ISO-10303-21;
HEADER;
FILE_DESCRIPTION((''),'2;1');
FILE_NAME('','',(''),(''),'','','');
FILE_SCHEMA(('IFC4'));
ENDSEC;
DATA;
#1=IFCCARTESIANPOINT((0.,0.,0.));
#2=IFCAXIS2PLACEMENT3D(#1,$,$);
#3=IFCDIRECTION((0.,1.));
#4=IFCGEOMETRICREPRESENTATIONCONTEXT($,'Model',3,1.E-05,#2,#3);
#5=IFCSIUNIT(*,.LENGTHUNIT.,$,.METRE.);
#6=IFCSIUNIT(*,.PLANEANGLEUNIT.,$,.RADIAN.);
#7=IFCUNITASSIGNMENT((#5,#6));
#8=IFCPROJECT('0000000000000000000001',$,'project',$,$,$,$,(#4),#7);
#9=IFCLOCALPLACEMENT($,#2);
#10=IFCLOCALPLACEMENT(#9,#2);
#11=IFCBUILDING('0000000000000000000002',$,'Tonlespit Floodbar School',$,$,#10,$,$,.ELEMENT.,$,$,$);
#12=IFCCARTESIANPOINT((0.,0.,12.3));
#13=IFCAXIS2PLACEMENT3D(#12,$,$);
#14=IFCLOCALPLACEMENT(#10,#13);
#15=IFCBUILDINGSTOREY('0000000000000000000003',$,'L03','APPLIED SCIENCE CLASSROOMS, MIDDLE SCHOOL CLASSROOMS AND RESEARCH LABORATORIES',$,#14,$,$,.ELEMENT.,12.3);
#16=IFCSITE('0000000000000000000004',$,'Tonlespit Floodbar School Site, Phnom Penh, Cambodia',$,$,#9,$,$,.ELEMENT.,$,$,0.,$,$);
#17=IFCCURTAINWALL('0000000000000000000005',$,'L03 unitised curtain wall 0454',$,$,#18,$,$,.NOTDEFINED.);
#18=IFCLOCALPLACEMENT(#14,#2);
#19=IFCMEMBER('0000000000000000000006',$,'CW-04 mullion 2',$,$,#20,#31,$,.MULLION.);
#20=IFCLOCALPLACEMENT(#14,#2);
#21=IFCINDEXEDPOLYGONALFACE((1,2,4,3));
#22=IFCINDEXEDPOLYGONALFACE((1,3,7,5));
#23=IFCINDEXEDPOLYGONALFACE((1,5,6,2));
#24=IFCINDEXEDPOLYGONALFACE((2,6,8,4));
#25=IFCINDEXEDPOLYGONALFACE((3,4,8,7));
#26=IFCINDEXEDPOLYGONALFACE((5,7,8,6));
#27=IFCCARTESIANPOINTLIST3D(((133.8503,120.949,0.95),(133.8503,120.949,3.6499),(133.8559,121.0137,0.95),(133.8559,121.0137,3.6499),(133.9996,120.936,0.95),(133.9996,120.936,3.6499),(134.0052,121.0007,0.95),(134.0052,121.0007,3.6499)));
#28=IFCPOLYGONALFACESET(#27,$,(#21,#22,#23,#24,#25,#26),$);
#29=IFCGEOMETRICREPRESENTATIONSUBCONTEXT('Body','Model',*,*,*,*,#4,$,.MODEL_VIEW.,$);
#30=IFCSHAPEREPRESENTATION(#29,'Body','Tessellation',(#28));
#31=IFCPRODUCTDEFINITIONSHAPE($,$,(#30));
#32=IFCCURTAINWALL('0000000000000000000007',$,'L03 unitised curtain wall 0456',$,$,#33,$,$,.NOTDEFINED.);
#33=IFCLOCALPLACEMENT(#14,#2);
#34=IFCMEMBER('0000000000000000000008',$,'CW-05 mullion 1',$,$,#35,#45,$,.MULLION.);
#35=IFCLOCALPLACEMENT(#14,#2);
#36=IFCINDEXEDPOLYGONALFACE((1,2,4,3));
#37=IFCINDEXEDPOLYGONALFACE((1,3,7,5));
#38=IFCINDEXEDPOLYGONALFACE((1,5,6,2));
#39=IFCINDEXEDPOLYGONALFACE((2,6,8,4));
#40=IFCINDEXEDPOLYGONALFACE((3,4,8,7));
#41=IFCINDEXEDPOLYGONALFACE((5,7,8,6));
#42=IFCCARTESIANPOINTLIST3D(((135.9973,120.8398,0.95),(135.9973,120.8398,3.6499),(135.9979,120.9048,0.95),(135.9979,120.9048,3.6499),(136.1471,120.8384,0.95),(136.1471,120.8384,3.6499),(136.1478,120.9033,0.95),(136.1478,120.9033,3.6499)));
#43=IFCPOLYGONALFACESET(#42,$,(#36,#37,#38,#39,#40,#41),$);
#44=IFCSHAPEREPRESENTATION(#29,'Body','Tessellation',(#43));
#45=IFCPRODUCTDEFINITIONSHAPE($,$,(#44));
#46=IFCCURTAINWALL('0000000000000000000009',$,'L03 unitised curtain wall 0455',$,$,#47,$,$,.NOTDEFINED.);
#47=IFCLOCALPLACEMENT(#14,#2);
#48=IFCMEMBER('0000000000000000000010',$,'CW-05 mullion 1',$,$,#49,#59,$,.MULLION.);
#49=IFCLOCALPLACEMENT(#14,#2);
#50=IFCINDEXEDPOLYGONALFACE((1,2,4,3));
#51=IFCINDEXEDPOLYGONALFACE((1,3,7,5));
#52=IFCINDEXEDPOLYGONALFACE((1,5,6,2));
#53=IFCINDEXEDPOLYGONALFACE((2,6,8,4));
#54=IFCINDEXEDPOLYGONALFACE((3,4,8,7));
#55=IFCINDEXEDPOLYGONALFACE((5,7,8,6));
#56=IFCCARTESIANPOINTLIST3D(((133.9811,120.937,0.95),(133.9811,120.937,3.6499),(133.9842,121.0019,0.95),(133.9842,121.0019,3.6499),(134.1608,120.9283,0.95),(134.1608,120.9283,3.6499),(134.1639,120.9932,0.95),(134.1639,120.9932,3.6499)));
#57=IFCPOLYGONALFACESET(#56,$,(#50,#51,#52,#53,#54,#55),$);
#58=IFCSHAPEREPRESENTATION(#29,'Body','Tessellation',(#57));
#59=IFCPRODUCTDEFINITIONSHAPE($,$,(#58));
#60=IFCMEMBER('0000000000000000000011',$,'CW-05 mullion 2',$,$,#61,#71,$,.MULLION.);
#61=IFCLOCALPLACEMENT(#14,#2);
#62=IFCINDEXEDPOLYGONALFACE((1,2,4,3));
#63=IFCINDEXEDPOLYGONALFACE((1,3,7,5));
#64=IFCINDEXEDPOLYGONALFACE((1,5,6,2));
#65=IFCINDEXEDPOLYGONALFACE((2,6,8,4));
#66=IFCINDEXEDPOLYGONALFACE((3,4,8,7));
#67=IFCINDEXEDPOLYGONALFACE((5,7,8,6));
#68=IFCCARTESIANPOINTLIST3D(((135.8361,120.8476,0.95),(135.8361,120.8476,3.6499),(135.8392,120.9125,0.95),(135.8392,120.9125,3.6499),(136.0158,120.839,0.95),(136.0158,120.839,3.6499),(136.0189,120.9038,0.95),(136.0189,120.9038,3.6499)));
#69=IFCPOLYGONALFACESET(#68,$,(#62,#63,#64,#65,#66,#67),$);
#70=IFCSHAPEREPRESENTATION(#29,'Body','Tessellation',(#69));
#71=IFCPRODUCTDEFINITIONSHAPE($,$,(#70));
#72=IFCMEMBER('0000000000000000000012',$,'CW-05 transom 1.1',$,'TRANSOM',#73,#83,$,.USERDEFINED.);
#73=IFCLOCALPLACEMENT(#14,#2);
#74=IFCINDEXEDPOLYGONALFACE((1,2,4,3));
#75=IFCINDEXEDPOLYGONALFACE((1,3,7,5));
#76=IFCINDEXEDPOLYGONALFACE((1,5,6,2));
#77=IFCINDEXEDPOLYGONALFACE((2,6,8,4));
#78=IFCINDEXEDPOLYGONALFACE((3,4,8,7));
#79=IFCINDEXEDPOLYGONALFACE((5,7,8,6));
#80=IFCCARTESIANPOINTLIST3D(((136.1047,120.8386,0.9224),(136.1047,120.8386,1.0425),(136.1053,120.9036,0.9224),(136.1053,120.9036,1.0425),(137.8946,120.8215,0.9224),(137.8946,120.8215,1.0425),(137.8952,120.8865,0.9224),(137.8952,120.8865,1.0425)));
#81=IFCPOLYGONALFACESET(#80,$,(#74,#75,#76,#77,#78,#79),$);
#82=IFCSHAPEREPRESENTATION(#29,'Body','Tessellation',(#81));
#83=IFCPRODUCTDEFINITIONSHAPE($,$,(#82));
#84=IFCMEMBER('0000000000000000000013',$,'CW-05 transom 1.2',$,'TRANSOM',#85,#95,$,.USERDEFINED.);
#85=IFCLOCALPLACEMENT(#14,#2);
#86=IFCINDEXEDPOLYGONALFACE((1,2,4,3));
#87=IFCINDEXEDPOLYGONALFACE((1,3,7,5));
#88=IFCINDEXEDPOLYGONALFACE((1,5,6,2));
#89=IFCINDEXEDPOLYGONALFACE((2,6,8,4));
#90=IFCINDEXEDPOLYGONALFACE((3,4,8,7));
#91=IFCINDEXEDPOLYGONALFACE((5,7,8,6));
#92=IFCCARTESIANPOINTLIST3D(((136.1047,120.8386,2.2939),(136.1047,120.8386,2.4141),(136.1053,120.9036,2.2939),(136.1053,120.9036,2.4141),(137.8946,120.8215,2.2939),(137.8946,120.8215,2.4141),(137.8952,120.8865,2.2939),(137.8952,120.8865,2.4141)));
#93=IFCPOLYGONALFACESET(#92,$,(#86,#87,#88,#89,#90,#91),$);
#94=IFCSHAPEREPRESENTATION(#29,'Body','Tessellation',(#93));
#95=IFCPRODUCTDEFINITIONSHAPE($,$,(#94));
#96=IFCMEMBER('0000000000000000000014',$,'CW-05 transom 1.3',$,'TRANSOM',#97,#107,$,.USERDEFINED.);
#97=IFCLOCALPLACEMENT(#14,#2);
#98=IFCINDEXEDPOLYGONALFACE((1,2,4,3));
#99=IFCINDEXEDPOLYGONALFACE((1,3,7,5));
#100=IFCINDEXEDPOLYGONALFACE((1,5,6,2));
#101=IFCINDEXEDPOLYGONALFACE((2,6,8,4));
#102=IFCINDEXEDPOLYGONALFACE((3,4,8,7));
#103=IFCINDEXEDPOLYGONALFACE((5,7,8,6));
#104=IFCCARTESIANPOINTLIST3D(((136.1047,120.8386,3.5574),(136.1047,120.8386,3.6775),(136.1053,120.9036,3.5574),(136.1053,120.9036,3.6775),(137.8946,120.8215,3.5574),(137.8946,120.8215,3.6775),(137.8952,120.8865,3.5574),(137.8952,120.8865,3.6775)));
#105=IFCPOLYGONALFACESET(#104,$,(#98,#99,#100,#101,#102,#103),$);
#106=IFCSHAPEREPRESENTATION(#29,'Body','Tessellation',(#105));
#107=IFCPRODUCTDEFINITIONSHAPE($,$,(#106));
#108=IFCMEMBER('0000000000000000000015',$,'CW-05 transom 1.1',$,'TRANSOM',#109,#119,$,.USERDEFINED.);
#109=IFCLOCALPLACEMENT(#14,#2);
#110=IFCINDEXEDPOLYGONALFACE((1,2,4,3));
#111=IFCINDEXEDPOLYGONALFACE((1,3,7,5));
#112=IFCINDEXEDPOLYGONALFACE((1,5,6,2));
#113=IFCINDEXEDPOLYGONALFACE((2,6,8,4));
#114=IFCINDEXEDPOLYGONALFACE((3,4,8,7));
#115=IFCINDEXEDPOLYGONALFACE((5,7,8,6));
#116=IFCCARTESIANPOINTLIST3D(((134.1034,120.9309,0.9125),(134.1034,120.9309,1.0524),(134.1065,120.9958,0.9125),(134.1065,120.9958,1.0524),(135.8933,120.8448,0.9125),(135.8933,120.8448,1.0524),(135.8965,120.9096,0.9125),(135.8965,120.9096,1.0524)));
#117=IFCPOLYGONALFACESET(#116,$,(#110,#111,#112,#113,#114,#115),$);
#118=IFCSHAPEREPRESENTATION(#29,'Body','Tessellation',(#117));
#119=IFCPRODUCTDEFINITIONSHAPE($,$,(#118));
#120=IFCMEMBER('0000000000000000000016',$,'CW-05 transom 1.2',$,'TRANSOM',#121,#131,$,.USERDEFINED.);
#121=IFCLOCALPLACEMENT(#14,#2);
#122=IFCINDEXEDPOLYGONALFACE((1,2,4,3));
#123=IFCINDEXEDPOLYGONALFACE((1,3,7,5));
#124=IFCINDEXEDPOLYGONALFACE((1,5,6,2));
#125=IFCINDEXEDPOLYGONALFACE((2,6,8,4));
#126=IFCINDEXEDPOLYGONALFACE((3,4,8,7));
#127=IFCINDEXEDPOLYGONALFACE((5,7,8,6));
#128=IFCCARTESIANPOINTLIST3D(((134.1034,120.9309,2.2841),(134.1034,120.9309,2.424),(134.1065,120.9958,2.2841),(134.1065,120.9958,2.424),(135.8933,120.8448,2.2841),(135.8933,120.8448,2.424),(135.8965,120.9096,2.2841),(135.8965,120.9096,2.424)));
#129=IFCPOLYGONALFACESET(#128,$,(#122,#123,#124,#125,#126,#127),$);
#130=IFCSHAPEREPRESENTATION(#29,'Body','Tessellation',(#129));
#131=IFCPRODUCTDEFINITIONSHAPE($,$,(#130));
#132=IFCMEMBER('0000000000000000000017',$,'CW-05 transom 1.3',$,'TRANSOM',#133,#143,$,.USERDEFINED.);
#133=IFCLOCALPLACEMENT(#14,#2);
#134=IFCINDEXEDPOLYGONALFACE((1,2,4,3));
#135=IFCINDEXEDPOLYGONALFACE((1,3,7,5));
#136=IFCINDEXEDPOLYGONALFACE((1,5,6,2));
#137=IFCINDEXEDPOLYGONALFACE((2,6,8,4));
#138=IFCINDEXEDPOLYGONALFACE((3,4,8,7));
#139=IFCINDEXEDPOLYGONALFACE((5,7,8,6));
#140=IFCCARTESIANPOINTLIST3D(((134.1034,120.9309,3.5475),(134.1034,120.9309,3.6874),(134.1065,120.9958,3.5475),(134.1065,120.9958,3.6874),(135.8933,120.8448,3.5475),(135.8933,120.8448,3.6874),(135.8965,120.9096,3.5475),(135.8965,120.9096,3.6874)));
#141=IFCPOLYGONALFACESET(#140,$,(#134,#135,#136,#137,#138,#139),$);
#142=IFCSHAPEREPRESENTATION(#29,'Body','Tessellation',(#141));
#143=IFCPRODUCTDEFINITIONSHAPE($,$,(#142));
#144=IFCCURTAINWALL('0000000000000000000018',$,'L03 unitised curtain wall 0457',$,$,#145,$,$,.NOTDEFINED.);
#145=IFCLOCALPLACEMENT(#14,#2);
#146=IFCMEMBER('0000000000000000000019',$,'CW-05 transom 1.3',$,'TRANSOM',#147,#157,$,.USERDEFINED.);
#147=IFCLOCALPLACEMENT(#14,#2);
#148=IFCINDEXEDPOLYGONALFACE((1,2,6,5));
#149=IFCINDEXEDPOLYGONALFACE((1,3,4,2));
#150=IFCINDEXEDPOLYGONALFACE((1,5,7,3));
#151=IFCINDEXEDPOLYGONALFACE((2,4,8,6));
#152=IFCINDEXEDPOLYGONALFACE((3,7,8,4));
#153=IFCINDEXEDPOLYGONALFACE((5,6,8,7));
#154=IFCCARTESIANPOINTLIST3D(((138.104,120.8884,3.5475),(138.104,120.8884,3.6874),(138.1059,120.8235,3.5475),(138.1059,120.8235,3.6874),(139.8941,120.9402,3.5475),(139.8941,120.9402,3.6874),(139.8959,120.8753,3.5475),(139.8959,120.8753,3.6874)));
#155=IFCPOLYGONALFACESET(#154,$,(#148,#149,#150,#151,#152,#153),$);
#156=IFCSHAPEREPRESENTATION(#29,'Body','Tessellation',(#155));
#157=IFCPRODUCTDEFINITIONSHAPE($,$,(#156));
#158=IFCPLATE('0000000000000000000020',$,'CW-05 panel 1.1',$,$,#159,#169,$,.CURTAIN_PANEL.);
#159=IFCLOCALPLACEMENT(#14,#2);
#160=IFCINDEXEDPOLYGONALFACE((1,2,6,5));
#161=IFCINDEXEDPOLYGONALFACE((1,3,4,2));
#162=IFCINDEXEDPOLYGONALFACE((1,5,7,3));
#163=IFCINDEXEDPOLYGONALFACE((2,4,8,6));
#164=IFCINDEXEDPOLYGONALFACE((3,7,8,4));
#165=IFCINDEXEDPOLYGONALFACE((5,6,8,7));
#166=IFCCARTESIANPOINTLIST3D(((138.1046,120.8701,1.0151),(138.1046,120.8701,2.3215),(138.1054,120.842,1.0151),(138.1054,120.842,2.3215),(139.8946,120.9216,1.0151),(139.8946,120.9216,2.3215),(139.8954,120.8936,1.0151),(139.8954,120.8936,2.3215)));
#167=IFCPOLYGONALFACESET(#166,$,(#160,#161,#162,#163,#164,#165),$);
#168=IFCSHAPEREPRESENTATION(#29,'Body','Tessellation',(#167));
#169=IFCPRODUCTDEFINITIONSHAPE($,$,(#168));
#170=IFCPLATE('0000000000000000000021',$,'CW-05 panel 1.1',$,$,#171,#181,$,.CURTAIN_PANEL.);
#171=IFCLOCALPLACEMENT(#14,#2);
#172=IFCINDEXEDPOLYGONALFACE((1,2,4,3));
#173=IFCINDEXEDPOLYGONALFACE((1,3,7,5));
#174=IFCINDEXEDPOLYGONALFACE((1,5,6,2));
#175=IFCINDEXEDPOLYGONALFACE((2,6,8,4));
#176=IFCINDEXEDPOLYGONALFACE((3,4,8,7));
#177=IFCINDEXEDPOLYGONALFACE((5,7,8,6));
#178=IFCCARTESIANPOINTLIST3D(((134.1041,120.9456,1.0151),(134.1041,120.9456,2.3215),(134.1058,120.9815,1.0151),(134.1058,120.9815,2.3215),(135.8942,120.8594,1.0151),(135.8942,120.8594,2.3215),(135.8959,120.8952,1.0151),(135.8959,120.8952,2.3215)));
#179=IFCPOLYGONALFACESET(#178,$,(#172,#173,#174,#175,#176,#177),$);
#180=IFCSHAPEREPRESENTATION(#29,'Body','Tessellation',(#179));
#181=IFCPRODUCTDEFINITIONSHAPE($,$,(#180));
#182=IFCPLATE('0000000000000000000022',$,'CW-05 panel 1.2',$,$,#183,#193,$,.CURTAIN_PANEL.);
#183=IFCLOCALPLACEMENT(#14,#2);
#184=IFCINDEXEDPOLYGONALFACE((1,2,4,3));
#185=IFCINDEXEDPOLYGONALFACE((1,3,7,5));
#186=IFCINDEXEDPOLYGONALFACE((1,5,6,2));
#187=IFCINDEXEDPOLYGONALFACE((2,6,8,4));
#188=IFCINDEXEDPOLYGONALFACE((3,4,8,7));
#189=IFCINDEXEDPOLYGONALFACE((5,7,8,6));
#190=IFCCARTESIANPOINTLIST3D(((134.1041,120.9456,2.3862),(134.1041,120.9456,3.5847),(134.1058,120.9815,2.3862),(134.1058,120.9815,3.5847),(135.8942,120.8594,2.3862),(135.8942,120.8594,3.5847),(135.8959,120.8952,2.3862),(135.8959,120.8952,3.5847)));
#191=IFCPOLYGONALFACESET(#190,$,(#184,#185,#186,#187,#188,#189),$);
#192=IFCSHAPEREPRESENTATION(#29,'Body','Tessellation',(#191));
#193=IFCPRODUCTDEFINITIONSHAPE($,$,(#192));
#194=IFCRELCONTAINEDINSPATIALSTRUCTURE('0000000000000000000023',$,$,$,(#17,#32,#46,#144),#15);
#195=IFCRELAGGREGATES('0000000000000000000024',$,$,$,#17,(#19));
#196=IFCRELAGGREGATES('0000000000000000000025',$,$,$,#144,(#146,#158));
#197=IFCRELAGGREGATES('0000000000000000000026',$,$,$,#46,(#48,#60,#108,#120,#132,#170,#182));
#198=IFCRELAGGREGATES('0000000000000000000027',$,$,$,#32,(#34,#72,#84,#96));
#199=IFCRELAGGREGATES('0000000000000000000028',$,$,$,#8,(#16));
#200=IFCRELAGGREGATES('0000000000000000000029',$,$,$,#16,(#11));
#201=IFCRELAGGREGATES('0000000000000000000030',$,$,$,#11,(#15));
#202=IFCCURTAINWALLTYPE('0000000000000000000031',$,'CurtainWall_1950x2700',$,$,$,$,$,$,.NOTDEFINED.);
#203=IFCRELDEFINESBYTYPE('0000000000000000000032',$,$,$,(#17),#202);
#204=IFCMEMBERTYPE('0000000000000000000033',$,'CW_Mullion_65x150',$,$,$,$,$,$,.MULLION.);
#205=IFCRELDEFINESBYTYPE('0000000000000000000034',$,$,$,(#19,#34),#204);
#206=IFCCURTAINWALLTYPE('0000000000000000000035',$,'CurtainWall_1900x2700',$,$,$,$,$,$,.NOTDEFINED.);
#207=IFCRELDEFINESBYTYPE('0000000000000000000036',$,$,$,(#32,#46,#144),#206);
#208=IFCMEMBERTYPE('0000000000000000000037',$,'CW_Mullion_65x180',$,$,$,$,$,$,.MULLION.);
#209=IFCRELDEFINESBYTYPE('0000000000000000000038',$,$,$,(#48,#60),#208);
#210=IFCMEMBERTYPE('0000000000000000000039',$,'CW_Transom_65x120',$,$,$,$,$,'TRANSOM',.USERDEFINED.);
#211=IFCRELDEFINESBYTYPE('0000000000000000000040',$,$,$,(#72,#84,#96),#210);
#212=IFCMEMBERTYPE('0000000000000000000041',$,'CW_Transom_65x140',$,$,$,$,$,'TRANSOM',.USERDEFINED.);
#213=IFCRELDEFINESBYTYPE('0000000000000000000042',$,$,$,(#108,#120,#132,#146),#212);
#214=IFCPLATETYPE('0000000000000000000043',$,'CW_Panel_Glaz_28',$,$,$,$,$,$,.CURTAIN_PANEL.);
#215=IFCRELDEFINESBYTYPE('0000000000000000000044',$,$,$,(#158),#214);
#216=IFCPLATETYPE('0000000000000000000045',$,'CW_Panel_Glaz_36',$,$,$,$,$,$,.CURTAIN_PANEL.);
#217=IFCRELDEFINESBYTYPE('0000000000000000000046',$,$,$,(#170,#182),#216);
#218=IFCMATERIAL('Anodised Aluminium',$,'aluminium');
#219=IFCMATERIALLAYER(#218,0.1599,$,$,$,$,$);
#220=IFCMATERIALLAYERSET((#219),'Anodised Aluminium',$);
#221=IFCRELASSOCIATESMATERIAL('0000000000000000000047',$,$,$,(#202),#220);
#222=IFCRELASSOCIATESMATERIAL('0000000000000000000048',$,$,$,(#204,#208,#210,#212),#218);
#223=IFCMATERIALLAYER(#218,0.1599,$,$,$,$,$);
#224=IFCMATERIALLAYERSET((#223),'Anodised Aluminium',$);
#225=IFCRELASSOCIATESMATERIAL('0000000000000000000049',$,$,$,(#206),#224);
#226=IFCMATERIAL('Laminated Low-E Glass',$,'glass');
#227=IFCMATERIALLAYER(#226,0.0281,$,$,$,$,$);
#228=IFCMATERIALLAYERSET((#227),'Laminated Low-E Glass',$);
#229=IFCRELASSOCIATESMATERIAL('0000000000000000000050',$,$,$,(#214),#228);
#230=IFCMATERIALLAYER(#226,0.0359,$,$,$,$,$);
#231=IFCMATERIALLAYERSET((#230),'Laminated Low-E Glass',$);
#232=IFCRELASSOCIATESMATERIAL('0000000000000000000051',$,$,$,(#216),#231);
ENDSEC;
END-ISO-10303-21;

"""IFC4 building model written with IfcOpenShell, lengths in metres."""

from ifc_helpers import new_model, si_unit, direction, frame, origin, origin_2d, place, context, subcontext, project, spatial, rectangle, extrude, material, layer, layer_set, material_profile, profile_set, type_object, element, aggregate, save


model = new_model("IFC4")

# Units and contexts
model_context = context("Model", 3, precision=1e-05, world=origin(), true_north=direction((0.0, 1.0)))
body_context = subcontext(model_context, "Body", "Model", "MODEL_VIEW")
ifc_project = project(units=[si_unit("LENGTHUNIT", "METRE"), si_unit("PLANEANGLEUNIT", "RADIAN")], contexts=[model_context])

# Site, building, storey
site_placement = place(None, origin())
site = spatial("IfcSite", under=ifc_project, at=site_placement, Name="Tonlespit Floodbar School Site, Phnom Penh, Cambodia", CompositionType="ELEMENT", RefElevation=0.0)
building_placement = place(site_placement, origin())
building = spatial("IfcBuilding", under=site, at=building_placement, Name="Tonlespit Floodbar School", CompositionType="ELEMENT")
storey_placement = place(building_placement, frame((0.0, 0.0, 12.3)))
storey = spatial("IfcBuildingStorey", under=building, at=storey_placement, Name="L03", Description="APPLIED SCIENCE CLASSROOMS, MIDDLE SCHOOL CLASSROOMS AND RESEARCH LABORATORIES", CompositionType="ELEMENT", Elevation=12.3)

# Curtain walls, members
ifc_material_1 = material(Name="Anodised Aluminium", Category="aluminium")
ifc_layer_1 = layer(ifc_material_1, 0.1599)
ifc_layer_set_1 = layer_set([ifc_layer_1], Name="Anodised Aluminium")
curtain_wall_type_1 = type_object("IfcCurtainWallType", Name="CurtainWall_1950x2700", PredefinedType="NOTDEFINED", material=ifc_layer_set_1)
curtain_wall_1_placement = place(storey_placement, origin())
curtain_wall_1 = element("IfcCurtainWall", 1, at=curtain_wall_1_placement, inside=storey, type_object=curtain_wall_type_1, Name="L03 unitised curtain wall 0454", PredefinedType="NOTDEFINED")
ifc_material_profile_1 = material_profile(ifc_material_1, rectangle(XDim=0.0649, YDim=0.1499, at=origin_2d()), Name="ALU M65x150")
ifc_profile_set_1 = profile_set([ifc_material_profile_1], Name="Anodised Aluminium")
member_type_1 = type_object("IfcMemberType", Name="CW_Mullion_65x150", PredefinedType="MULLION", material=ifc_profile_set_1)
member_1_placement = place(storey_placement, frame((133.9277, 120.9749, 0.95), z_axis=(0.0, 0.0, 1.0), x_axis=(0.086531, 0.996249, 0.0)))
member_1 = element("IfcMember", 2, at=member_1_placement, type_object=member_type_1, Name="CW-04 mullion 2", PredefinedType="MULLION", context=body_context, shape_type="SweptSolid", body=[
    extrude(rectangle(XDim=0.0649, YDim=0.1499, at=origin_2d()), origin(), (0.0, 0.0, 1.0), 2.7),
])
aggregate(curtain_wall_1, [member_1])
ifc_layer_2 = layer(ifc_material_1, 0.1599)
ifc_layer_set_2 = layer_set([ifc_layer_2], Name="Anodised Aluminium")
curtain_wall_type_2 = type_object("IfcCurtainWallType", Name="CurtainWall_1900x2700", PredefinedType="NOTDEFINED", material=ifc_layer_set_2)
curtain_wall_2_placement = place(storey_placement, origin())
curtain_wall_2 = element("IfcCurtainWall", 3, at=curtain_wall_2_placement, inside=storey, type_object=curtain_wall_type_2, Name="L03 unitised curtain wall 0456", PredefinedType="NOTDEFINED")
member_2_placement = place(storey_placement, frame((136.0725, 120.8716, 0.95), z_axis=(0.0, 0.0, 1.0), x_axis=(0.009583, 0.999954, 0.0)))
member_2 = element("IfcMember", 4, at=member_2_placement, type_object=member_type_1, Name="CW-05 mullion 1", PredefinedType="MULLION", context=body_context, shape_type="SweptSolid", body=[
    extrude(rectangle(XDim=0.0649, YDim=0.1499, at=origin_2d()), origin(), (0.0, 0.0, 1.0), 2.7),
])

# Curtain wall, members
curtain_wall_3_placement = place(storey_placement, origin())
curtain_wall_3 = element("IfcCurtainWall", 5, at=curtain_wall_3_placement, inside=storey, type_object=curtain_wall_type_2, Name="L03 unitised curtain wall 0455", PredefinedType="NOTDEFINED")
ifc_material_profile_2 = material_profile(ifc_material_1, rectangle(XDim=0.0649, YDim=0.1799, at=origin_2d()), Name="ALU M65x180")
ifc_profile_set_2 = profile_set([ifc_material_profile_2], Name="Anodised Aluminium")
member_type_2 = type_object("IfcMemberType", Name="CW_Mullion_65x180", PredefinedType="MULLION", material=ifc_profile_set_2)
member_3_placement = place(storey_placement, frame((134.0725, 120.9651, 0.95), z_axis=(0.0, 0.0, 1.0), x_axis=(0.048121, 0.998842, 0.0)))
member_3 = element("IfcMember", 6, at=member_3_placement, type_object=member_type_2, Name="CW-05 mullion 1", PredefinedType="MULLION", context=body_context, shape_type="SweptSolid", body=[
    extrude(rectangle(XDim=0.0649, YDim=0.1799, at=origin_2d()), origin(), (0.0, 0.0, 1.0), 2.7),
])
member_4_placement = place(storey_placement, frame((135.9275, 120.8757, 0.95), z_axis=(0.0, 0.0, 1.0), x_axis=(0.048121, 0.998842, 0.0)))
member_4 = element("IfcMember", 7, at=member_4_placement, type_object=member_type_2, Name="CW-05 mullion 2", PredefinedType="MULLION", context=body_context, shape_type="SweptSolid", body=[
    extrude(rectangle(XDim=0.0649, YDim=0.1799, at=origin_2d()), origin(), (0.0, 0.0, 1.0), 2.7),
])

# Members
ifc_material_profile_3 = material_profile(ifc_material_1, rectangle(XDim=0.0649, YDim=0.1201, at=origin_2d()), Name="ALU T65x120")
ifc_profile_set_3 = profile_set([ifc_material_profile_3], Name="Anodised Aluminium")
member_type_3 = type_object("IfcMemberType", Name="CW_Transom_65x120", ElementType="TRANSOM", PredefinedType="USERDEFINED", material=ifc_profile_set_3)
member_5_placement = place(storey_placement, frame((136.105, 120.8711, 0.9824), z_axis=(0.999954, -0.009547, 0.0), x_axis=(0.009547, 0.999954, 0.0)))
member_5 = element("IfcMember", 8, at=member_5_placement, type_object=member_type_3, Name="CW-05 transom 1.1", ObjectType="TRANSOM", PredefinedType="USERDEFINED", context=body_context, shape_type="SweptSolid", body=[
    extrude(rectangle(XDim=0.0649, YDim=0.1201, at=origin_2d()), origin(), (0.0, 0.0, 1.0), 1.79),
])
member_6_placement = place(storey_placement, frame((136.105, 120.8711, 2.354), z_axis=(0.999954, -0.009547, 0.0), x_axis=(0.009547, 0.999954, 0.0)))
member_6 = element("IfcMember", 9, at=member_6_placement, type_object=member_type_3, Name="CW-05 transom 1.2", ObjectType="TRANSOM", PredefinedType="USERDEFINED", context=body_context, shape_type="SweptSolid", body=[
    extrude(rectangle(XDim=0.0649, YDim=0.1201, at=origin_2d()), origin(), (0.0, 0.0, 1.0), 1.79),
])
member_7_placement = place(storey_placement, frame((136.105, 120.8711, 3.6174), z_axis=(0.999954, -0.009547, 0.0), x_axis=(0.009547, 0.999954, 0.0)))
member_7 = element("IfcMember", 10, at=member_7_placement, type_object=member_type_3, Name="CW-05 transom 1.3", ObjectType="TRANSOM", PredefinedType="USERDEFINED", context=body_context, shape_type="SweptSolid", body=[
    extrude(rectangle(XDim=0.0649, YDim=0.1201, at=origin_2d()), origin(), (0.0, 0.0, 1.0), 1.79),
])
ifc_material_profile_4 = material_profile(ifc_material_1, rectangle(XDim=0.0649, YDim=0.1399, at=origin_2d()), Name="ALU T65x140")
ifc_profile_set_4 = profile_set([ifc_material_profile_4], Name="Anodised Aluminium")
member_type_4 = type_object("IfcMemberType", Name="CW_Transom_65x140", ElementType="TRANSOM", PredefinedType="USERDEFINED", material=ifc_profile_set_4)
member_8_placement = place(storey_placement, frame((134.105, 120.9634, 0.9824), z_axis=(0.998843, -0.048089, 0.0), x_axis=(0.048089, 0.998843, 0.0)))
member_8 = element("IfcMember", 11, at=member_8_placement, type_object=member_type_4, Name="CW-05 transom 1.1", ObjectType="TRANSOM", PredefinedType="USERDEFINED", context=body_context, shape_type="SweptSolid", body=[
    extrude(rectangle(XDim=0.0649, YDim=0.1399, at=origin_2d()), origin(), (0.0, 0.0, 1.0), 1.792),
])
member_9_placement = place(storey_placement, frame((134.105, 120.9634, 2.354), z_axis=(0.998843, -0.048089, 0.0), x_axis=(0.048089, 0.998843, 0.0)))
member_9 = element("IfcMember", 12, at=member_9_placement, type_object=member_type_4, Name="CW-05 transom 1.2", ObjectType="TRANSOM", PredefinedType="USERDEFINED", context=body_context, shape_type="SweptSolid", body=[
    extrude(rectangle(XDim=0.0649, YDim=0.1399, at=origin_2d()), origin(), (0.0, 0.0, 1.0), 1.792),
])
member_10_placement = place(storey_placement, frame((134.105, 120.9634, 3.6174), z_axis=(0.998843, -0.048089, 0.0), x_axis=(0.048089, 0.998843, 0.0)))
member_10 = element("IfcMember", 13, at=member_10_placement, type_object=member_type_4, Name="CW-05 transom 1.3", ObjectType="TRANSOM", PredefinedType="USERDEFINED", context=body_context, shape_type="SweptSolid", body=[
    extrude(rectangle(XDim=0.0649, YDim=0.1399, at=origin_2d()), origin(), (0.0, 0.0, 1.0), 1.792),
])

# Curtain wall, member, plate
curtain_wall_4_placement = place(storey_placement, origin())
curtain_wall_4 = element("IfcCurtainWall", 14, at=curtain_wall_4_placement, inside=storey, type_object=curtain_wall_type_2, Name="L03 unitised curtain wall 0457", PredefinedType="NOTDEFINED")
member_11_placement = place(storey_placement, frame((138.105, 120.856, 3.6174), z_axis=(0.999582, 0.028902, 0.0), x_axis=(-0.028902, 0.999582, 0.0)))
member_11 = element("IfcMember", 15, at=member_11_placement, type_object=member_type_4, Name="CW-05 transom 1.3", ObjectType="TRANSOM", PredefinedType="USERDEFINED", context=body_context, shape_type="SweptSolid", body=[
    extrude(rectangle(XDim=0.0649, YDim=0.1399, at=origin_2d()), origin(), (0.0, 0.0, 1.0), 1.7908),
])
ifc_material_2 = material(Name="Laminated Low-E Glass", Category="glass")
ifc_layer_3 = layer(ifc_material_2, 0.0281)
ifc_layer_set_3 = layer_set([ifc_layer_3], Name="Laminated Low-E Glass")
plate_type_1 = type_object("IfcPlateType", Name="CW_Panel_Glaz_28", PredefinedType="CURTAIN_PANEL", material=ifc_layer_set_3)
plate_1_placement = place(storey_placement, frame((139.0, 120.8818, 1.0151), z_axis=(0.0, 0.0, 1.0), x_axis=(0.999585, 0.02879, 0.0)))
plate_1 = element("IfcPlate", 16, at=plate_1_placement, type_object=plate_type_1, Name="CW-05 panel 1.1", PredefinedType="CURTAIN_PANEL", context=body_context, shape_type="SweptSolid", body=[
    extrude(rectangle(XDim=1.7908, YDim=0.0281, at=origin_2d()), origin(), (0.0, 0.0, 1.0), 1.3064),
])
aggregate(curtain_wall_4, [member_11, plate_1])

# Plates
ifc_layer_4 = layer(ifc_material_2, 0.0359)
ifc_layer_set_4 = layer_set([ifc_layer_4], Name="Laminated Low-E Glass")
plate_type_2 = type_object("IfcPlateType", Name="CW_Panel_Glaz_36", PredefinedType="CURTAIN_PANEL", material=ifc_layer_set_4)
plate_2_placement = place(storey_placement, frame((135.0, 120.9204, 1.0151), z_axis=(0.0, 0.0, 1.0), x_axis=(0.998842, -0.048121, 0.0)))
plate_2 = element("IfcPlate", 17, at=plate_2_placement, type_object=plate_type_2, Name="CW-05 panel 1.1", PredefinedType="CURTAIN_PANEL", context=body_context, shape_type="SweptSolid", body=[
    extrude(rectangle(XDim=1.7922, YDim=0.0359, at=origin_2d()), origin(), (0.0, 0.0, 1.0), 1.3064),
])
plate_3_placement = place(storey_placement, frame((135.0, 120.9204, 2.3862), z_axis=(0.0, 0.0, 1.0), x_axis=(0.998842, -0.048121, 0.0)))
plate_3 = element("IfcPlate", 18, at=plate_3_placement, type_object=plate_type_2, Name="CW-05 panel 1.2", PredefinedType="CURTAIN_PANEL", context=body_context, shape_type="SweptSolid", body=[
    extrude(rectangle(XDim=1.7922, YDim=0.0359, at=origin_2d()), origin(), (0.0, 0.0, 1.0), 1.1985),
])
aggregate(curtain_wall_3, [member_3, member_4, member_8, member_9, member_10, plate_2, plate_3])
aggregate(curtain_wall_2, [member_2, member_5, member_6, member_7])

save(model, "model.ifc")
